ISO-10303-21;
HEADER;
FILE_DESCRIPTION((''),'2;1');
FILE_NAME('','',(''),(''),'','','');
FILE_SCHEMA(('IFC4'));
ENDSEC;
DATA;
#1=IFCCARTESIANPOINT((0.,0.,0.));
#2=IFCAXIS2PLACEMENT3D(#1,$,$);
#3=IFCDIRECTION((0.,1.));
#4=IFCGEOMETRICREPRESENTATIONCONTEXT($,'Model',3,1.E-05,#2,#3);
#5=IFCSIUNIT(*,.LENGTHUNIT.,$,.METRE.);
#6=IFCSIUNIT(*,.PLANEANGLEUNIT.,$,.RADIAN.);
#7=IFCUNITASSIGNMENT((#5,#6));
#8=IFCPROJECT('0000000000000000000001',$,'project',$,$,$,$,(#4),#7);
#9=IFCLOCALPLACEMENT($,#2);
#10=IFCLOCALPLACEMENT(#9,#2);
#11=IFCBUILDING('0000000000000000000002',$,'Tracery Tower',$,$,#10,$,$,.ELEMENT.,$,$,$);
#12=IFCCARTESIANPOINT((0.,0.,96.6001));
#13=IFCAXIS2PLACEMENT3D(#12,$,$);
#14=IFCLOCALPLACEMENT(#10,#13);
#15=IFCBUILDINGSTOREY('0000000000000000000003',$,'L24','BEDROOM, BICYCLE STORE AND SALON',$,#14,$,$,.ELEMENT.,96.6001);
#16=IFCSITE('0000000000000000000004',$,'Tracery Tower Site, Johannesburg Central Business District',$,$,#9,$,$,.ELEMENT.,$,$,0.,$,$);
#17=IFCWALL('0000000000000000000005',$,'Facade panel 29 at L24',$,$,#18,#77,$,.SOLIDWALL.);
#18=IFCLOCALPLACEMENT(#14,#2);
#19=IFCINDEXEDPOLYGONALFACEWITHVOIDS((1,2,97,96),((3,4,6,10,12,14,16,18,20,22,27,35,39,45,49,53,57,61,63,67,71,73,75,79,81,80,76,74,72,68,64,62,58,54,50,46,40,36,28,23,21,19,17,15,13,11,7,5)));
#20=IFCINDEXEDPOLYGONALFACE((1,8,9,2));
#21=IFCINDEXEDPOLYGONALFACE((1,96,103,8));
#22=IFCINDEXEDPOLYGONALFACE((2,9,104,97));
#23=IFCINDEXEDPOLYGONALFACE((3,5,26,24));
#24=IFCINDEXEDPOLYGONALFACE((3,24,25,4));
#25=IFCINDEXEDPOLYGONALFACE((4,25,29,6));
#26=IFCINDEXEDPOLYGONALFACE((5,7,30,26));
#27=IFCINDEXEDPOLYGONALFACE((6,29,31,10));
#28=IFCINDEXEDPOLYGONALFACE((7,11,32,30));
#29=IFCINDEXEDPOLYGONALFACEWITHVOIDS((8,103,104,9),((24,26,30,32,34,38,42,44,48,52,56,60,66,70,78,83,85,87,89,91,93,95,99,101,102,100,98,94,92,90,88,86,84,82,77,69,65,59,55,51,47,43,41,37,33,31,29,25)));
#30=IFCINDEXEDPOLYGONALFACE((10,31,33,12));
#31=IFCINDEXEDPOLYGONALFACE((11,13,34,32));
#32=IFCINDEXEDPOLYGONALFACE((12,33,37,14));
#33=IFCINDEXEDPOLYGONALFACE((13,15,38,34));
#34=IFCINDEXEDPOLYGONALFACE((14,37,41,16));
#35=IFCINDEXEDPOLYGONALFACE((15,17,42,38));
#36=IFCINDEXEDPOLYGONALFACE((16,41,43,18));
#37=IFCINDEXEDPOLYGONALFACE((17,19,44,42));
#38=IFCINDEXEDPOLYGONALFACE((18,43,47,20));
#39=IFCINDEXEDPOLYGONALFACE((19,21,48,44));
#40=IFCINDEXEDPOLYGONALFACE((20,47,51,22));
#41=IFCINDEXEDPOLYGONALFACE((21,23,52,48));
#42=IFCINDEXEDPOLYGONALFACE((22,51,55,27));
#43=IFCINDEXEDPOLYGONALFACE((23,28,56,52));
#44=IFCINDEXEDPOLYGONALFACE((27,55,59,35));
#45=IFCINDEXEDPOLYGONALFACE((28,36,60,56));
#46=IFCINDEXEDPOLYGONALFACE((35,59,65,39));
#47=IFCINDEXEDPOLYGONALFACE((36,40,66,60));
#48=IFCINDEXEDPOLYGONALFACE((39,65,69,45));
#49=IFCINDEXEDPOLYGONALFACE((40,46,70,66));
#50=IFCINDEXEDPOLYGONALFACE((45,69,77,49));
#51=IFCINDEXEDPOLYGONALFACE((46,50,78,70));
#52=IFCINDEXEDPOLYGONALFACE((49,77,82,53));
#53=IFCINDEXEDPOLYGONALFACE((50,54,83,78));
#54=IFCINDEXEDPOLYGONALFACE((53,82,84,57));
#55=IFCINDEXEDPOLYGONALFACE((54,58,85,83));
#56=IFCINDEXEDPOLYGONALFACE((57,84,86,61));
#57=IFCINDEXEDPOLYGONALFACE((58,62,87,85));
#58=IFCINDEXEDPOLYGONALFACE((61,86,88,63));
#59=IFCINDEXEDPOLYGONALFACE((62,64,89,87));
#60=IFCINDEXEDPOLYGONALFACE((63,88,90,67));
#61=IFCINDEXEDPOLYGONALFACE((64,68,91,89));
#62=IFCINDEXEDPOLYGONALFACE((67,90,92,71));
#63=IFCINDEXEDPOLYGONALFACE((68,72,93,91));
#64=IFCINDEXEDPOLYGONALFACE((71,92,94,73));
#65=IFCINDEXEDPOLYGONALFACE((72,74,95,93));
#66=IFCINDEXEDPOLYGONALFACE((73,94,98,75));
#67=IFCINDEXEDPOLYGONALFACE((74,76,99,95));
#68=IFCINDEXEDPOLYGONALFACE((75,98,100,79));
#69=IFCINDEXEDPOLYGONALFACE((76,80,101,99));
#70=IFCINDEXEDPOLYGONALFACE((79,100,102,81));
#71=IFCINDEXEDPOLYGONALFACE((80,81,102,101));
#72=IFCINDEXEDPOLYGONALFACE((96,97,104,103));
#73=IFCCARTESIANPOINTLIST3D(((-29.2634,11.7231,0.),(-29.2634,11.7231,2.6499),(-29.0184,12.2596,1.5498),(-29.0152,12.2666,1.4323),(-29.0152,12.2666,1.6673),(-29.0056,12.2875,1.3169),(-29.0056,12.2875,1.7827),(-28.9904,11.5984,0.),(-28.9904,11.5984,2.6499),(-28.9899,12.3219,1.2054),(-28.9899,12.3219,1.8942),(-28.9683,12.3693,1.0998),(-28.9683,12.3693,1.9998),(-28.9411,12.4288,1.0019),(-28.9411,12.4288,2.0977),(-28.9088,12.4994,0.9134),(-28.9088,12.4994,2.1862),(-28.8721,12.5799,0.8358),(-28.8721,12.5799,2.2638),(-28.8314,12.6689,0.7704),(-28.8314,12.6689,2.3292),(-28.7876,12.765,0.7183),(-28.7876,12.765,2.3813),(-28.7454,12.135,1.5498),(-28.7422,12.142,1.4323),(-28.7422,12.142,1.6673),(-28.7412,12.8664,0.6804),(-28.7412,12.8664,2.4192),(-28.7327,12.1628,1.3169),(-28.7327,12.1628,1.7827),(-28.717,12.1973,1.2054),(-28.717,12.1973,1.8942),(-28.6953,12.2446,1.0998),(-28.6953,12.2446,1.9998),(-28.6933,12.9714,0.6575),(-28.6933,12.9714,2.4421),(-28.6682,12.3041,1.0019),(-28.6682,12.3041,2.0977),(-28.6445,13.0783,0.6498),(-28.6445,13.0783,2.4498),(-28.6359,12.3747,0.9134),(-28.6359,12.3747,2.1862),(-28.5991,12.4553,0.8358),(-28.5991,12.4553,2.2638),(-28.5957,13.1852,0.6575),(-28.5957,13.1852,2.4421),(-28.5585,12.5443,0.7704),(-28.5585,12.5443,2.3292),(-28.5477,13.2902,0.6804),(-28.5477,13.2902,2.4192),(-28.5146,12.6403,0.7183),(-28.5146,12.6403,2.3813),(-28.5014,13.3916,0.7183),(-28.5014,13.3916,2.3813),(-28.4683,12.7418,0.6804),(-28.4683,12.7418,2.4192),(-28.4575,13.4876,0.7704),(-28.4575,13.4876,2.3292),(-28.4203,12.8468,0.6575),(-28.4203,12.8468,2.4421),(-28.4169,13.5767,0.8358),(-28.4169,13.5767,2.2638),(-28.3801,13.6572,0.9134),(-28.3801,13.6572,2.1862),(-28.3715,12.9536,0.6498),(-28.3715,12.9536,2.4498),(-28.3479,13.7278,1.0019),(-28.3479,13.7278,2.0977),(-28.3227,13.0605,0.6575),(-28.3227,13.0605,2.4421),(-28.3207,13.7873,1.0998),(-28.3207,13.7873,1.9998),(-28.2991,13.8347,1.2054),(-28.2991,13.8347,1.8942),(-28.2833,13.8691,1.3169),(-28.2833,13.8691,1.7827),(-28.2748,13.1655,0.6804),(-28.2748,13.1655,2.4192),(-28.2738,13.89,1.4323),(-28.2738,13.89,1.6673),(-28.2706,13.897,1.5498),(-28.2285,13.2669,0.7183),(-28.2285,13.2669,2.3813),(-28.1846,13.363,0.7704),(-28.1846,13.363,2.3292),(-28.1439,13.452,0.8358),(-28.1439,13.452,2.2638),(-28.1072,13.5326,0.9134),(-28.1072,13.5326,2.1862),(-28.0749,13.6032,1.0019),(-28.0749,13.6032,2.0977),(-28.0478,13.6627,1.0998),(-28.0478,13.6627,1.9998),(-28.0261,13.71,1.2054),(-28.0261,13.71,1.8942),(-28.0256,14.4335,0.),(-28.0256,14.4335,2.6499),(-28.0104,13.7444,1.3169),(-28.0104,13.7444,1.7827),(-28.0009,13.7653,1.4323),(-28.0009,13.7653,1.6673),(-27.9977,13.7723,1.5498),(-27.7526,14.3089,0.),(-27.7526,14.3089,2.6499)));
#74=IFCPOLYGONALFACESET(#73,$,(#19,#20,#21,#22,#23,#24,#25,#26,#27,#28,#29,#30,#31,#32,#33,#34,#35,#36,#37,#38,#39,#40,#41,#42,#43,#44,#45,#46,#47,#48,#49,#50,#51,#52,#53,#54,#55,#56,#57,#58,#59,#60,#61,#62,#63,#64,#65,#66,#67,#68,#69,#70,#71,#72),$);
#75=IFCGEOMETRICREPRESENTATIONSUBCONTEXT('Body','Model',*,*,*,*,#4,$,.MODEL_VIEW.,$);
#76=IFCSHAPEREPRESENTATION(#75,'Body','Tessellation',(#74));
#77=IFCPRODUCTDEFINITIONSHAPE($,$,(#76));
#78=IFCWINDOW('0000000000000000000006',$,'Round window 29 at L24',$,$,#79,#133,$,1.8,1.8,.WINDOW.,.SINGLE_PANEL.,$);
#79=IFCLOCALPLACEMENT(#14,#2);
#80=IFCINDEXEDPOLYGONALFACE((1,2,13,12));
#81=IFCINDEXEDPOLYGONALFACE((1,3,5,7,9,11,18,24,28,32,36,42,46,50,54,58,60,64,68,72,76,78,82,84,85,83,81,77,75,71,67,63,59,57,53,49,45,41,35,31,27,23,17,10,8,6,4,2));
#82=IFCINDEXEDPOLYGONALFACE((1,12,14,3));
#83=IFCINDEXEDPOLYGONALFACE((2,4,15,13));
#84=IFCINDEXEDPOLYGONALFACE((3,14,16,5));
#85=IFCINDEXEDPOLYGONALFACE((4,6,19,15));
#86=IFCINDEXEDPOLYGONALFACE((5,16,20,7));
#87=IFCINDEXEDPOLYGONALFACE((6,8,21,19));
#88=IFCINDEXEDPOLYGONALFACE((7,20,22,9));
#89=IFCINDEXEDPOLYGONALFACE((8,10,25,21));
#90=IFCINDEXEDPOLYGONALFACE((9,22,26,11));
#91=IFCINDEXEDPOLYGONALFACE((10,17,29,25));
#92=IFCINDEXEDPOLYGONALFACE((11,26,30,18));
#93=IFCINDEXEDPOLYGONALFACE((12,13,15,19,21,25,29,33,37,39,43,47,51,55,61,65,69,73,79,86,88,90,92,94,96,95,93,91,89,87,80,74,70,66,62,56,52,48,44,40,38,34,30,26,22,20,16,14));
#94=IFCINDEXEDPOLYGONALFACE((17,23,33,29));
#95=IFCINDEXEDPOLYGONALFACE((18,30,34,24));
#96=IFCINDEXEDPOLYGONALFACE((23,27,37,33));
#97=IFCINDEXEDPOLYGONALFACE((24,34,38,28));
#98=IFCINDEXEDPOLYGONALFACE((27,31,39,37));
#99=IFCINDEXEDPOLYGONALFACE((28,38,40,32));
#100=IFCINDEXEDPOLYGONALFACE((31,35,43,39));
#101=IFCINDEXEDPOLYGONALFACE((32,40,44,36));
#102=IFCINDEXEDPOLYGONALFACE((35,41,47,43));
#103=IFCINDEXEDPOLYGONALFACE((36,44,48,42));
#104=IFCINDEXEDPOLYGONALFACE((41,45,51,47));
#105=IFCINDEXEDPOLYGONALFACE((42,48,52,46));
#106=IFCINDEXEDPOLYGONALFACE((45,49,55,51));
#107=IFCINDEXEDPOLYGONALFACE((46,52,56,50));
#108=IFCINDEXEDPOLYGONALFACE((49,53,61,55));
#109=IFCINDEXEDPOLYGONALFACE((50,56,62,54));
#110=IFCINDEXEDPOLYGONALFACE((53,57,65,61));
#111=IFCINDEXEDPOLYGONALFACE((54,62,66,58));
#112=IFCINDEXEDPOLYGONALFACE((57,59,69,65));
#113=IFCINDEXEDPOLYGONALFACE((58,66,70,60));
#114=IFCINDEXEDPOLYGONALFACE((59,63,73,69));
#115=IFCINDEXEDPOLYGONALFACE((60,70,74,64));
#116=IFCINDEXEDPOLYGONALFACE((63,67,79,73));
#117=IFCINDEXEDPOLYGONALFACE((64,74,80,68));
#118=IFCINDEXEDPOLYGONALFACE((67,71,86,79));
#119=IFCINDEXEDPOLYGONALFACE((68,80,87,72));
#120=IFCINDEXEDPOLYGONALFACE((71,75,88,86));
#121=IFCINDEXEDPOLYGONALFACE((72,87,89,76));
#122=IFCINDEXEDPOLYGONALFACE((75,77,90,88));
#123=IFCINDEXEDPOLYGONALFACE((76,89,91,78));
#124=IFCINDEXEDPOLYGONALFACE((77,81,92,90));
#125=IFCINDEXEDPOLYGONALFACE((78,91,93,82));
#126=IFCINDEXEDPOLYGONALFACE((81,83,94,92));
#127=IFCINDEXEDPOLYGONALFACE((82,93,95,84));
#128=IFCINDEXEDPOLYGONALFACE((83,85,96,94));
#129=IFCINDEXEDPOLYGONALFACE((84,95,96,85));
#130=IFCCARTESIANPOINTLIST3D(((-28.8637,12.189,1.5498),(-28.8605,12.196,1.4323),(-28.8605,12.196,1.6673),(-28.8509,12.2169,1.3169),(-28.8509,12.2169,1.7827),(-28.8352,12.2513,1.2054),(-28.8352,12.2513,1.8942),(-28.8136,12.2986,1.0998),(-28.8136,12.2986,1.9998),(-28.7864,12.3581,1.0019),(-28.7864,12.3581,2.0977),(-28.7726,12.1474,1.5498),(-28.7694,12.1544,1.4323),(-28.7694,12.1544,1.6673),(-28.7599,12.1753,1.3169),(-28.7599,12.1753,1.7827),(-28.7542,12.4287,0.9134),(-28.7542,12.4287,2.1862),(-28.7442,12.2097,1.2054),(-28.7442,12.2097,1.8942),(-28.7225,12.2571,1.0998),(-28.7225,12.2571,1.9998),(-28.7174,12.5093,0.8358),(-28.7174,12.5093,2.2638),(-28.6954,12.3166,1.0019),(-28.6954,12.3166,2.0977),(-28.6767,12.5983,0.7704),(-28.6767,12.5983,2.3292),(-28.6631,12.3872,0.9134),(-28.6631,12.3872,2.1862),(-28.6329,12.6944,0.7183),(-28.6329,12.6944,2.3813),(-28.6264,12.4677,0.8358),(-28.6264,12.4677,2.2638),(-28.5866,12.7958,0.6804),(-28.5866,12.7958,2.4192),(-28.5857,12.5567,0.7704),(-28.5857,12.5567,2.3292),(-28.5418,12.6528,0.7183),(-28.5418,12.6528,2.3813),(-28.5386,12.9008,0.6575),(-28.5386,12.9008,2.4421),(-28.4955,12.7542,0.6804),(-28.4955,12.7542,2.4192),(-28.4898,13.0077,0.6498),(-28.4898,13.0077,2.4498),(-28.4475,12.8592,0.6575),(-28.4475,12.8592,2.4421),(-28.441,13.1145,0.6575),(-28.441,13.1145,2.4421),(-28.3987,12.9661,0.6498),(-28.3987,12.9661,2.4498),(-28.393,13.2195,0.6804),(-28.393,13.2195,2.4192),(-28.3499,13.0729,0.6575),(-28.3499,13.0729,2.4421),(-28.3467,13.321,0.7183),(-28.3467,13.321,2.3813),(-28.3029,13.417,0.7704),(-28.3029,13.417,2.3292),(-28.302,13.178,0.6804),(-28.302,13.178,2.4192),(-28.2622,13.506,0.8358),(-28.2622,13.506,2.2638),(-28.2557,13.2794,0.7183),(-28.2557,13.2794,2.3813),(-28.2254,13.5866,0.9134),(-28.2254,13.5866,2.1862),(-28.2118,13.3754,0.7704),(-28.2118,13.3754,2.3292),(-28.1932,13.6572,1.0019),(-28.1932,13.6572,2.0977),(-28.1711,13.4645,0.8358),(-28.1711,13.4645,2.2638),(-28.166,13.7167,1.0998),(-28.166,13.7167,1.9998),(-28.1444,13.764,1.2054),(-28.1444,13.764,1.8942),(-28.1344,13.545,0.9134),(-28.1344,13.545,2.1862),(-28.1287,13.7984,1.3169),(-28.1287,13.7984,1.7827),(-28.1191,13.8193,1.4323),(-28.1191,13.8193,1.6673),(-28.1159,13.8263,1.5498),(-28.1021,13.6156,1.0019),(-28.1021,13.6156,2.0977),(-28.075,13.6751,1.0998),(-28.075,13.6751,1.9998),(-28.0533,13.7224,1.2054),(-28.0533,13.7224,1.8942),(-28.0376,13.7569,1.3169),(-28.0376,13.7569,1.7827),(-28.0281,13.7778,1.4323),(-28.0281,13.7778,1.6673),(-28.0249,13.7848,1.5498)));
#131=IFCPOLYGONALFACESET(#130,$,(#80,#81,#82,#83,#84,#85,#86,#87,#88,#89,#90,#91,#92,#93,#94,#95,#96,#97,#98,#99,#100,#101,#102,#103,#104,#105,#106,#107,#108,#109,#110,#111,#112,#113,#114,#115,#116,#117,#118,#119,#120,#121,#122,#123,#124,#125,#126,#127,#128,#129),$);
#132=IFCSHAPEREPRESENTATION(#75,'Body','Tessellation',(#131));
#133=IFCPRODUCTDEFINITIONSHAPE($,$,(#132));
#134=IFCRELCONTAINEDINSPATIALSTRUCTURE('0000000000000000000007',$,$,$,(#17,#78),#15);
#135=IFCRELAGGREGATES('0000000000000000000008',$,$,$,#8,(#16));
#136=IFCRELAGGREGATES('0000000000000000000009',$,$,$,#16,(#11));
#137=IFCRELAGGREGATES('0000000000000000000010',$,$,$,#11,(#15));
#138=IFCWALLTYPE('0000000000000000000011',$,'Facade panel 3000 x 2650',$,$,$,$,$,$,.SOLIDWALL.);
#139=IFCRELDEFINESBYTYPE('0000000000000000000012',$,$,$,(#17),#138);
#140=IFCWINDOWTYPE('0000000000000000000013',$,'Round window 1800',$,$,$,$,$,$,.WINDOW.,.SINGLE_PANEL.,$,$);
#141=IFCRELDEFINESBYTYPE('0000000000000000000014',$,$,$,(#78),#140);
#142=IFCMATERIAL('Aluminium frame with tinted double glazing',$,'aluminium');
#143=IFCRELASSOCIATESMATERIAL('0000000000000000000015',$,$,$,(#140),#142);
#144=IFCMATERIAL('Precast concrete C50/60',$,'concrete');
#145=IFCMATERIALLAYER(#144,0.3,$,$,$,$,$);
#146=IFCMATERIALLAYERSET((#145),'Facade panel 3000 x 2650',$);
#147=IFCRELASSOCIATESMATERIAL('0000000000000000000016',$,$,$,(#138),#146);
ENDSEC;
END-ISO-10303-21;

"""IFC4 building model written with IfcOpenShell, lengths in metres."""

from ifc_helpers import new_model, si_unit, direction, frame, frame_2d, origin, origin_2d, place, context, subcontext, project, spatial, rectangle, circle, extrude, material, layer, layer_set, type_object, element, fill, save


model = new_model("IFC4")

# Units and contexts
model_context = context("Model", 3, precision=1e-05, world=origin(), true_north=direction((0.0, 1.0)))
body_context = subcontext(model_context, "Body", "Model", "MODEL_VIEW")
ifc_project = project(units=[si_unit("LENGTHUNIT", "METRE"), si_unit("PLANEANGLEUNIT", "RADIAN")], contexts=[model_context])

# Site, building, storey
site_placement = place(None, origin())
site = spatial("IfcSite", under=ifc_project, at=site_placement, Name="Tracery Tower Site, Johannesburg Central Business District", CompositionType="ELEMENT", RefElevation=0.0)
building_placement = place(site_placement, origin())
building = spatial("IfcBuilding", under=site, at=building_placement, Name="Tracery Tower", CompositionType="ELEMENT")
storey_placement = place(building_placement, frame((0.0, 0.0, 96.6001)))
storey = spatial("IfcBuildingStorey", under=building, at=storey_placement, Name="L24", Description="BEDROOM, BICYCLE STORE AND SALON", CompositionType="ELEMENT", Elevation=96.6001)

# Wall, opening, window
ifc_material_1 = material(Name="Aluminium frame with tinted double glazing", Category="aluminium")
window_type = type_object("IfcWindowType", Name="Round window 1800", PartitioningType="SINGLE_PANEL", PredefinedType="WINDOW", material=ifc_material_1)
ifc_material_2 = material(Name="Precast concrete C50/60", Category="concrete")
ifc_layer_1 = layer(ifc_material_2, 0.3)
ifc_layer_set_1 = layer_set([ifc_layer_1], Name="Facade panel 3000 x 2650")
wall_type_1 = type_object("IfcWallType", Name="Facade panel 3000 x 2650", PredefinedType="SOLIDWALL", material=ifc_layer_set_1)
wall_1_placement = place(storey_placement, frame((-27.8892, 14.3711, 0.0), z_axis=(0.0, 0.0, 1.0), x_axis=(-0.415407, -0.909636, 0.0)))
wall_1 = element("IfcWall", 1, at=wall_1_placement, inside=storey, type_object=wall_type_1, Name="Facade panel 29 at L24", PredefinedType="SOLIDWALL", context=body_context, shape_type="SweptSolid", body=[
    extrude(rectangle(XDim=2.9797, YDim=0.3, at=frame_2d((1.4897, 0.0))), origin(), (0.0, 0.0, 1.0), 2.6499),
])
opening_1_placement = place(wall_1_placement, frame((1.4897, 0.0, 1.5498)))
opening_1 = element("IfcOpeningElement", 2, at=opening_1_placement, cuts=wall_1, PredefinedType="OPENING", context=body_context, shape_type="SweptSolid", body=[
    extrude(circle(Radius=0.9, at=origin_2d()), frame((0.0, 0.1599, 0.0), z_axis=(0.0, -1.0, 0.0), x_axis=(1.0, 0.0, 0.0)), (0.0, 0.0, 1.0), 0.3201),
])
window_1_placement = place(opening_1_placement, origin())
window_1 = element("IfcWindow", 3, at=window_1_placement, inside=storey, type_object=window_type, Name="Round window 29 at L24", OverallHeight=1.8, OverallWidth=1.8, PartitioningType="SINGLE_PANEL", PredefinedType="WINDOW", context=body_context, shape_type="SweptSolid", body=[
    extrude(circle(Radius=0.9, at=origin_2d()), frame((0.0, 0.1201, 0.0), z_axis=(0.0, -1.0, 0.0), x_axis=(1.0, 0.0, 0.0)), (0.0, 0.0, 1.0), 0.1001),
])
fill(opening_1, window_1)

save(model, "model.ifc")
